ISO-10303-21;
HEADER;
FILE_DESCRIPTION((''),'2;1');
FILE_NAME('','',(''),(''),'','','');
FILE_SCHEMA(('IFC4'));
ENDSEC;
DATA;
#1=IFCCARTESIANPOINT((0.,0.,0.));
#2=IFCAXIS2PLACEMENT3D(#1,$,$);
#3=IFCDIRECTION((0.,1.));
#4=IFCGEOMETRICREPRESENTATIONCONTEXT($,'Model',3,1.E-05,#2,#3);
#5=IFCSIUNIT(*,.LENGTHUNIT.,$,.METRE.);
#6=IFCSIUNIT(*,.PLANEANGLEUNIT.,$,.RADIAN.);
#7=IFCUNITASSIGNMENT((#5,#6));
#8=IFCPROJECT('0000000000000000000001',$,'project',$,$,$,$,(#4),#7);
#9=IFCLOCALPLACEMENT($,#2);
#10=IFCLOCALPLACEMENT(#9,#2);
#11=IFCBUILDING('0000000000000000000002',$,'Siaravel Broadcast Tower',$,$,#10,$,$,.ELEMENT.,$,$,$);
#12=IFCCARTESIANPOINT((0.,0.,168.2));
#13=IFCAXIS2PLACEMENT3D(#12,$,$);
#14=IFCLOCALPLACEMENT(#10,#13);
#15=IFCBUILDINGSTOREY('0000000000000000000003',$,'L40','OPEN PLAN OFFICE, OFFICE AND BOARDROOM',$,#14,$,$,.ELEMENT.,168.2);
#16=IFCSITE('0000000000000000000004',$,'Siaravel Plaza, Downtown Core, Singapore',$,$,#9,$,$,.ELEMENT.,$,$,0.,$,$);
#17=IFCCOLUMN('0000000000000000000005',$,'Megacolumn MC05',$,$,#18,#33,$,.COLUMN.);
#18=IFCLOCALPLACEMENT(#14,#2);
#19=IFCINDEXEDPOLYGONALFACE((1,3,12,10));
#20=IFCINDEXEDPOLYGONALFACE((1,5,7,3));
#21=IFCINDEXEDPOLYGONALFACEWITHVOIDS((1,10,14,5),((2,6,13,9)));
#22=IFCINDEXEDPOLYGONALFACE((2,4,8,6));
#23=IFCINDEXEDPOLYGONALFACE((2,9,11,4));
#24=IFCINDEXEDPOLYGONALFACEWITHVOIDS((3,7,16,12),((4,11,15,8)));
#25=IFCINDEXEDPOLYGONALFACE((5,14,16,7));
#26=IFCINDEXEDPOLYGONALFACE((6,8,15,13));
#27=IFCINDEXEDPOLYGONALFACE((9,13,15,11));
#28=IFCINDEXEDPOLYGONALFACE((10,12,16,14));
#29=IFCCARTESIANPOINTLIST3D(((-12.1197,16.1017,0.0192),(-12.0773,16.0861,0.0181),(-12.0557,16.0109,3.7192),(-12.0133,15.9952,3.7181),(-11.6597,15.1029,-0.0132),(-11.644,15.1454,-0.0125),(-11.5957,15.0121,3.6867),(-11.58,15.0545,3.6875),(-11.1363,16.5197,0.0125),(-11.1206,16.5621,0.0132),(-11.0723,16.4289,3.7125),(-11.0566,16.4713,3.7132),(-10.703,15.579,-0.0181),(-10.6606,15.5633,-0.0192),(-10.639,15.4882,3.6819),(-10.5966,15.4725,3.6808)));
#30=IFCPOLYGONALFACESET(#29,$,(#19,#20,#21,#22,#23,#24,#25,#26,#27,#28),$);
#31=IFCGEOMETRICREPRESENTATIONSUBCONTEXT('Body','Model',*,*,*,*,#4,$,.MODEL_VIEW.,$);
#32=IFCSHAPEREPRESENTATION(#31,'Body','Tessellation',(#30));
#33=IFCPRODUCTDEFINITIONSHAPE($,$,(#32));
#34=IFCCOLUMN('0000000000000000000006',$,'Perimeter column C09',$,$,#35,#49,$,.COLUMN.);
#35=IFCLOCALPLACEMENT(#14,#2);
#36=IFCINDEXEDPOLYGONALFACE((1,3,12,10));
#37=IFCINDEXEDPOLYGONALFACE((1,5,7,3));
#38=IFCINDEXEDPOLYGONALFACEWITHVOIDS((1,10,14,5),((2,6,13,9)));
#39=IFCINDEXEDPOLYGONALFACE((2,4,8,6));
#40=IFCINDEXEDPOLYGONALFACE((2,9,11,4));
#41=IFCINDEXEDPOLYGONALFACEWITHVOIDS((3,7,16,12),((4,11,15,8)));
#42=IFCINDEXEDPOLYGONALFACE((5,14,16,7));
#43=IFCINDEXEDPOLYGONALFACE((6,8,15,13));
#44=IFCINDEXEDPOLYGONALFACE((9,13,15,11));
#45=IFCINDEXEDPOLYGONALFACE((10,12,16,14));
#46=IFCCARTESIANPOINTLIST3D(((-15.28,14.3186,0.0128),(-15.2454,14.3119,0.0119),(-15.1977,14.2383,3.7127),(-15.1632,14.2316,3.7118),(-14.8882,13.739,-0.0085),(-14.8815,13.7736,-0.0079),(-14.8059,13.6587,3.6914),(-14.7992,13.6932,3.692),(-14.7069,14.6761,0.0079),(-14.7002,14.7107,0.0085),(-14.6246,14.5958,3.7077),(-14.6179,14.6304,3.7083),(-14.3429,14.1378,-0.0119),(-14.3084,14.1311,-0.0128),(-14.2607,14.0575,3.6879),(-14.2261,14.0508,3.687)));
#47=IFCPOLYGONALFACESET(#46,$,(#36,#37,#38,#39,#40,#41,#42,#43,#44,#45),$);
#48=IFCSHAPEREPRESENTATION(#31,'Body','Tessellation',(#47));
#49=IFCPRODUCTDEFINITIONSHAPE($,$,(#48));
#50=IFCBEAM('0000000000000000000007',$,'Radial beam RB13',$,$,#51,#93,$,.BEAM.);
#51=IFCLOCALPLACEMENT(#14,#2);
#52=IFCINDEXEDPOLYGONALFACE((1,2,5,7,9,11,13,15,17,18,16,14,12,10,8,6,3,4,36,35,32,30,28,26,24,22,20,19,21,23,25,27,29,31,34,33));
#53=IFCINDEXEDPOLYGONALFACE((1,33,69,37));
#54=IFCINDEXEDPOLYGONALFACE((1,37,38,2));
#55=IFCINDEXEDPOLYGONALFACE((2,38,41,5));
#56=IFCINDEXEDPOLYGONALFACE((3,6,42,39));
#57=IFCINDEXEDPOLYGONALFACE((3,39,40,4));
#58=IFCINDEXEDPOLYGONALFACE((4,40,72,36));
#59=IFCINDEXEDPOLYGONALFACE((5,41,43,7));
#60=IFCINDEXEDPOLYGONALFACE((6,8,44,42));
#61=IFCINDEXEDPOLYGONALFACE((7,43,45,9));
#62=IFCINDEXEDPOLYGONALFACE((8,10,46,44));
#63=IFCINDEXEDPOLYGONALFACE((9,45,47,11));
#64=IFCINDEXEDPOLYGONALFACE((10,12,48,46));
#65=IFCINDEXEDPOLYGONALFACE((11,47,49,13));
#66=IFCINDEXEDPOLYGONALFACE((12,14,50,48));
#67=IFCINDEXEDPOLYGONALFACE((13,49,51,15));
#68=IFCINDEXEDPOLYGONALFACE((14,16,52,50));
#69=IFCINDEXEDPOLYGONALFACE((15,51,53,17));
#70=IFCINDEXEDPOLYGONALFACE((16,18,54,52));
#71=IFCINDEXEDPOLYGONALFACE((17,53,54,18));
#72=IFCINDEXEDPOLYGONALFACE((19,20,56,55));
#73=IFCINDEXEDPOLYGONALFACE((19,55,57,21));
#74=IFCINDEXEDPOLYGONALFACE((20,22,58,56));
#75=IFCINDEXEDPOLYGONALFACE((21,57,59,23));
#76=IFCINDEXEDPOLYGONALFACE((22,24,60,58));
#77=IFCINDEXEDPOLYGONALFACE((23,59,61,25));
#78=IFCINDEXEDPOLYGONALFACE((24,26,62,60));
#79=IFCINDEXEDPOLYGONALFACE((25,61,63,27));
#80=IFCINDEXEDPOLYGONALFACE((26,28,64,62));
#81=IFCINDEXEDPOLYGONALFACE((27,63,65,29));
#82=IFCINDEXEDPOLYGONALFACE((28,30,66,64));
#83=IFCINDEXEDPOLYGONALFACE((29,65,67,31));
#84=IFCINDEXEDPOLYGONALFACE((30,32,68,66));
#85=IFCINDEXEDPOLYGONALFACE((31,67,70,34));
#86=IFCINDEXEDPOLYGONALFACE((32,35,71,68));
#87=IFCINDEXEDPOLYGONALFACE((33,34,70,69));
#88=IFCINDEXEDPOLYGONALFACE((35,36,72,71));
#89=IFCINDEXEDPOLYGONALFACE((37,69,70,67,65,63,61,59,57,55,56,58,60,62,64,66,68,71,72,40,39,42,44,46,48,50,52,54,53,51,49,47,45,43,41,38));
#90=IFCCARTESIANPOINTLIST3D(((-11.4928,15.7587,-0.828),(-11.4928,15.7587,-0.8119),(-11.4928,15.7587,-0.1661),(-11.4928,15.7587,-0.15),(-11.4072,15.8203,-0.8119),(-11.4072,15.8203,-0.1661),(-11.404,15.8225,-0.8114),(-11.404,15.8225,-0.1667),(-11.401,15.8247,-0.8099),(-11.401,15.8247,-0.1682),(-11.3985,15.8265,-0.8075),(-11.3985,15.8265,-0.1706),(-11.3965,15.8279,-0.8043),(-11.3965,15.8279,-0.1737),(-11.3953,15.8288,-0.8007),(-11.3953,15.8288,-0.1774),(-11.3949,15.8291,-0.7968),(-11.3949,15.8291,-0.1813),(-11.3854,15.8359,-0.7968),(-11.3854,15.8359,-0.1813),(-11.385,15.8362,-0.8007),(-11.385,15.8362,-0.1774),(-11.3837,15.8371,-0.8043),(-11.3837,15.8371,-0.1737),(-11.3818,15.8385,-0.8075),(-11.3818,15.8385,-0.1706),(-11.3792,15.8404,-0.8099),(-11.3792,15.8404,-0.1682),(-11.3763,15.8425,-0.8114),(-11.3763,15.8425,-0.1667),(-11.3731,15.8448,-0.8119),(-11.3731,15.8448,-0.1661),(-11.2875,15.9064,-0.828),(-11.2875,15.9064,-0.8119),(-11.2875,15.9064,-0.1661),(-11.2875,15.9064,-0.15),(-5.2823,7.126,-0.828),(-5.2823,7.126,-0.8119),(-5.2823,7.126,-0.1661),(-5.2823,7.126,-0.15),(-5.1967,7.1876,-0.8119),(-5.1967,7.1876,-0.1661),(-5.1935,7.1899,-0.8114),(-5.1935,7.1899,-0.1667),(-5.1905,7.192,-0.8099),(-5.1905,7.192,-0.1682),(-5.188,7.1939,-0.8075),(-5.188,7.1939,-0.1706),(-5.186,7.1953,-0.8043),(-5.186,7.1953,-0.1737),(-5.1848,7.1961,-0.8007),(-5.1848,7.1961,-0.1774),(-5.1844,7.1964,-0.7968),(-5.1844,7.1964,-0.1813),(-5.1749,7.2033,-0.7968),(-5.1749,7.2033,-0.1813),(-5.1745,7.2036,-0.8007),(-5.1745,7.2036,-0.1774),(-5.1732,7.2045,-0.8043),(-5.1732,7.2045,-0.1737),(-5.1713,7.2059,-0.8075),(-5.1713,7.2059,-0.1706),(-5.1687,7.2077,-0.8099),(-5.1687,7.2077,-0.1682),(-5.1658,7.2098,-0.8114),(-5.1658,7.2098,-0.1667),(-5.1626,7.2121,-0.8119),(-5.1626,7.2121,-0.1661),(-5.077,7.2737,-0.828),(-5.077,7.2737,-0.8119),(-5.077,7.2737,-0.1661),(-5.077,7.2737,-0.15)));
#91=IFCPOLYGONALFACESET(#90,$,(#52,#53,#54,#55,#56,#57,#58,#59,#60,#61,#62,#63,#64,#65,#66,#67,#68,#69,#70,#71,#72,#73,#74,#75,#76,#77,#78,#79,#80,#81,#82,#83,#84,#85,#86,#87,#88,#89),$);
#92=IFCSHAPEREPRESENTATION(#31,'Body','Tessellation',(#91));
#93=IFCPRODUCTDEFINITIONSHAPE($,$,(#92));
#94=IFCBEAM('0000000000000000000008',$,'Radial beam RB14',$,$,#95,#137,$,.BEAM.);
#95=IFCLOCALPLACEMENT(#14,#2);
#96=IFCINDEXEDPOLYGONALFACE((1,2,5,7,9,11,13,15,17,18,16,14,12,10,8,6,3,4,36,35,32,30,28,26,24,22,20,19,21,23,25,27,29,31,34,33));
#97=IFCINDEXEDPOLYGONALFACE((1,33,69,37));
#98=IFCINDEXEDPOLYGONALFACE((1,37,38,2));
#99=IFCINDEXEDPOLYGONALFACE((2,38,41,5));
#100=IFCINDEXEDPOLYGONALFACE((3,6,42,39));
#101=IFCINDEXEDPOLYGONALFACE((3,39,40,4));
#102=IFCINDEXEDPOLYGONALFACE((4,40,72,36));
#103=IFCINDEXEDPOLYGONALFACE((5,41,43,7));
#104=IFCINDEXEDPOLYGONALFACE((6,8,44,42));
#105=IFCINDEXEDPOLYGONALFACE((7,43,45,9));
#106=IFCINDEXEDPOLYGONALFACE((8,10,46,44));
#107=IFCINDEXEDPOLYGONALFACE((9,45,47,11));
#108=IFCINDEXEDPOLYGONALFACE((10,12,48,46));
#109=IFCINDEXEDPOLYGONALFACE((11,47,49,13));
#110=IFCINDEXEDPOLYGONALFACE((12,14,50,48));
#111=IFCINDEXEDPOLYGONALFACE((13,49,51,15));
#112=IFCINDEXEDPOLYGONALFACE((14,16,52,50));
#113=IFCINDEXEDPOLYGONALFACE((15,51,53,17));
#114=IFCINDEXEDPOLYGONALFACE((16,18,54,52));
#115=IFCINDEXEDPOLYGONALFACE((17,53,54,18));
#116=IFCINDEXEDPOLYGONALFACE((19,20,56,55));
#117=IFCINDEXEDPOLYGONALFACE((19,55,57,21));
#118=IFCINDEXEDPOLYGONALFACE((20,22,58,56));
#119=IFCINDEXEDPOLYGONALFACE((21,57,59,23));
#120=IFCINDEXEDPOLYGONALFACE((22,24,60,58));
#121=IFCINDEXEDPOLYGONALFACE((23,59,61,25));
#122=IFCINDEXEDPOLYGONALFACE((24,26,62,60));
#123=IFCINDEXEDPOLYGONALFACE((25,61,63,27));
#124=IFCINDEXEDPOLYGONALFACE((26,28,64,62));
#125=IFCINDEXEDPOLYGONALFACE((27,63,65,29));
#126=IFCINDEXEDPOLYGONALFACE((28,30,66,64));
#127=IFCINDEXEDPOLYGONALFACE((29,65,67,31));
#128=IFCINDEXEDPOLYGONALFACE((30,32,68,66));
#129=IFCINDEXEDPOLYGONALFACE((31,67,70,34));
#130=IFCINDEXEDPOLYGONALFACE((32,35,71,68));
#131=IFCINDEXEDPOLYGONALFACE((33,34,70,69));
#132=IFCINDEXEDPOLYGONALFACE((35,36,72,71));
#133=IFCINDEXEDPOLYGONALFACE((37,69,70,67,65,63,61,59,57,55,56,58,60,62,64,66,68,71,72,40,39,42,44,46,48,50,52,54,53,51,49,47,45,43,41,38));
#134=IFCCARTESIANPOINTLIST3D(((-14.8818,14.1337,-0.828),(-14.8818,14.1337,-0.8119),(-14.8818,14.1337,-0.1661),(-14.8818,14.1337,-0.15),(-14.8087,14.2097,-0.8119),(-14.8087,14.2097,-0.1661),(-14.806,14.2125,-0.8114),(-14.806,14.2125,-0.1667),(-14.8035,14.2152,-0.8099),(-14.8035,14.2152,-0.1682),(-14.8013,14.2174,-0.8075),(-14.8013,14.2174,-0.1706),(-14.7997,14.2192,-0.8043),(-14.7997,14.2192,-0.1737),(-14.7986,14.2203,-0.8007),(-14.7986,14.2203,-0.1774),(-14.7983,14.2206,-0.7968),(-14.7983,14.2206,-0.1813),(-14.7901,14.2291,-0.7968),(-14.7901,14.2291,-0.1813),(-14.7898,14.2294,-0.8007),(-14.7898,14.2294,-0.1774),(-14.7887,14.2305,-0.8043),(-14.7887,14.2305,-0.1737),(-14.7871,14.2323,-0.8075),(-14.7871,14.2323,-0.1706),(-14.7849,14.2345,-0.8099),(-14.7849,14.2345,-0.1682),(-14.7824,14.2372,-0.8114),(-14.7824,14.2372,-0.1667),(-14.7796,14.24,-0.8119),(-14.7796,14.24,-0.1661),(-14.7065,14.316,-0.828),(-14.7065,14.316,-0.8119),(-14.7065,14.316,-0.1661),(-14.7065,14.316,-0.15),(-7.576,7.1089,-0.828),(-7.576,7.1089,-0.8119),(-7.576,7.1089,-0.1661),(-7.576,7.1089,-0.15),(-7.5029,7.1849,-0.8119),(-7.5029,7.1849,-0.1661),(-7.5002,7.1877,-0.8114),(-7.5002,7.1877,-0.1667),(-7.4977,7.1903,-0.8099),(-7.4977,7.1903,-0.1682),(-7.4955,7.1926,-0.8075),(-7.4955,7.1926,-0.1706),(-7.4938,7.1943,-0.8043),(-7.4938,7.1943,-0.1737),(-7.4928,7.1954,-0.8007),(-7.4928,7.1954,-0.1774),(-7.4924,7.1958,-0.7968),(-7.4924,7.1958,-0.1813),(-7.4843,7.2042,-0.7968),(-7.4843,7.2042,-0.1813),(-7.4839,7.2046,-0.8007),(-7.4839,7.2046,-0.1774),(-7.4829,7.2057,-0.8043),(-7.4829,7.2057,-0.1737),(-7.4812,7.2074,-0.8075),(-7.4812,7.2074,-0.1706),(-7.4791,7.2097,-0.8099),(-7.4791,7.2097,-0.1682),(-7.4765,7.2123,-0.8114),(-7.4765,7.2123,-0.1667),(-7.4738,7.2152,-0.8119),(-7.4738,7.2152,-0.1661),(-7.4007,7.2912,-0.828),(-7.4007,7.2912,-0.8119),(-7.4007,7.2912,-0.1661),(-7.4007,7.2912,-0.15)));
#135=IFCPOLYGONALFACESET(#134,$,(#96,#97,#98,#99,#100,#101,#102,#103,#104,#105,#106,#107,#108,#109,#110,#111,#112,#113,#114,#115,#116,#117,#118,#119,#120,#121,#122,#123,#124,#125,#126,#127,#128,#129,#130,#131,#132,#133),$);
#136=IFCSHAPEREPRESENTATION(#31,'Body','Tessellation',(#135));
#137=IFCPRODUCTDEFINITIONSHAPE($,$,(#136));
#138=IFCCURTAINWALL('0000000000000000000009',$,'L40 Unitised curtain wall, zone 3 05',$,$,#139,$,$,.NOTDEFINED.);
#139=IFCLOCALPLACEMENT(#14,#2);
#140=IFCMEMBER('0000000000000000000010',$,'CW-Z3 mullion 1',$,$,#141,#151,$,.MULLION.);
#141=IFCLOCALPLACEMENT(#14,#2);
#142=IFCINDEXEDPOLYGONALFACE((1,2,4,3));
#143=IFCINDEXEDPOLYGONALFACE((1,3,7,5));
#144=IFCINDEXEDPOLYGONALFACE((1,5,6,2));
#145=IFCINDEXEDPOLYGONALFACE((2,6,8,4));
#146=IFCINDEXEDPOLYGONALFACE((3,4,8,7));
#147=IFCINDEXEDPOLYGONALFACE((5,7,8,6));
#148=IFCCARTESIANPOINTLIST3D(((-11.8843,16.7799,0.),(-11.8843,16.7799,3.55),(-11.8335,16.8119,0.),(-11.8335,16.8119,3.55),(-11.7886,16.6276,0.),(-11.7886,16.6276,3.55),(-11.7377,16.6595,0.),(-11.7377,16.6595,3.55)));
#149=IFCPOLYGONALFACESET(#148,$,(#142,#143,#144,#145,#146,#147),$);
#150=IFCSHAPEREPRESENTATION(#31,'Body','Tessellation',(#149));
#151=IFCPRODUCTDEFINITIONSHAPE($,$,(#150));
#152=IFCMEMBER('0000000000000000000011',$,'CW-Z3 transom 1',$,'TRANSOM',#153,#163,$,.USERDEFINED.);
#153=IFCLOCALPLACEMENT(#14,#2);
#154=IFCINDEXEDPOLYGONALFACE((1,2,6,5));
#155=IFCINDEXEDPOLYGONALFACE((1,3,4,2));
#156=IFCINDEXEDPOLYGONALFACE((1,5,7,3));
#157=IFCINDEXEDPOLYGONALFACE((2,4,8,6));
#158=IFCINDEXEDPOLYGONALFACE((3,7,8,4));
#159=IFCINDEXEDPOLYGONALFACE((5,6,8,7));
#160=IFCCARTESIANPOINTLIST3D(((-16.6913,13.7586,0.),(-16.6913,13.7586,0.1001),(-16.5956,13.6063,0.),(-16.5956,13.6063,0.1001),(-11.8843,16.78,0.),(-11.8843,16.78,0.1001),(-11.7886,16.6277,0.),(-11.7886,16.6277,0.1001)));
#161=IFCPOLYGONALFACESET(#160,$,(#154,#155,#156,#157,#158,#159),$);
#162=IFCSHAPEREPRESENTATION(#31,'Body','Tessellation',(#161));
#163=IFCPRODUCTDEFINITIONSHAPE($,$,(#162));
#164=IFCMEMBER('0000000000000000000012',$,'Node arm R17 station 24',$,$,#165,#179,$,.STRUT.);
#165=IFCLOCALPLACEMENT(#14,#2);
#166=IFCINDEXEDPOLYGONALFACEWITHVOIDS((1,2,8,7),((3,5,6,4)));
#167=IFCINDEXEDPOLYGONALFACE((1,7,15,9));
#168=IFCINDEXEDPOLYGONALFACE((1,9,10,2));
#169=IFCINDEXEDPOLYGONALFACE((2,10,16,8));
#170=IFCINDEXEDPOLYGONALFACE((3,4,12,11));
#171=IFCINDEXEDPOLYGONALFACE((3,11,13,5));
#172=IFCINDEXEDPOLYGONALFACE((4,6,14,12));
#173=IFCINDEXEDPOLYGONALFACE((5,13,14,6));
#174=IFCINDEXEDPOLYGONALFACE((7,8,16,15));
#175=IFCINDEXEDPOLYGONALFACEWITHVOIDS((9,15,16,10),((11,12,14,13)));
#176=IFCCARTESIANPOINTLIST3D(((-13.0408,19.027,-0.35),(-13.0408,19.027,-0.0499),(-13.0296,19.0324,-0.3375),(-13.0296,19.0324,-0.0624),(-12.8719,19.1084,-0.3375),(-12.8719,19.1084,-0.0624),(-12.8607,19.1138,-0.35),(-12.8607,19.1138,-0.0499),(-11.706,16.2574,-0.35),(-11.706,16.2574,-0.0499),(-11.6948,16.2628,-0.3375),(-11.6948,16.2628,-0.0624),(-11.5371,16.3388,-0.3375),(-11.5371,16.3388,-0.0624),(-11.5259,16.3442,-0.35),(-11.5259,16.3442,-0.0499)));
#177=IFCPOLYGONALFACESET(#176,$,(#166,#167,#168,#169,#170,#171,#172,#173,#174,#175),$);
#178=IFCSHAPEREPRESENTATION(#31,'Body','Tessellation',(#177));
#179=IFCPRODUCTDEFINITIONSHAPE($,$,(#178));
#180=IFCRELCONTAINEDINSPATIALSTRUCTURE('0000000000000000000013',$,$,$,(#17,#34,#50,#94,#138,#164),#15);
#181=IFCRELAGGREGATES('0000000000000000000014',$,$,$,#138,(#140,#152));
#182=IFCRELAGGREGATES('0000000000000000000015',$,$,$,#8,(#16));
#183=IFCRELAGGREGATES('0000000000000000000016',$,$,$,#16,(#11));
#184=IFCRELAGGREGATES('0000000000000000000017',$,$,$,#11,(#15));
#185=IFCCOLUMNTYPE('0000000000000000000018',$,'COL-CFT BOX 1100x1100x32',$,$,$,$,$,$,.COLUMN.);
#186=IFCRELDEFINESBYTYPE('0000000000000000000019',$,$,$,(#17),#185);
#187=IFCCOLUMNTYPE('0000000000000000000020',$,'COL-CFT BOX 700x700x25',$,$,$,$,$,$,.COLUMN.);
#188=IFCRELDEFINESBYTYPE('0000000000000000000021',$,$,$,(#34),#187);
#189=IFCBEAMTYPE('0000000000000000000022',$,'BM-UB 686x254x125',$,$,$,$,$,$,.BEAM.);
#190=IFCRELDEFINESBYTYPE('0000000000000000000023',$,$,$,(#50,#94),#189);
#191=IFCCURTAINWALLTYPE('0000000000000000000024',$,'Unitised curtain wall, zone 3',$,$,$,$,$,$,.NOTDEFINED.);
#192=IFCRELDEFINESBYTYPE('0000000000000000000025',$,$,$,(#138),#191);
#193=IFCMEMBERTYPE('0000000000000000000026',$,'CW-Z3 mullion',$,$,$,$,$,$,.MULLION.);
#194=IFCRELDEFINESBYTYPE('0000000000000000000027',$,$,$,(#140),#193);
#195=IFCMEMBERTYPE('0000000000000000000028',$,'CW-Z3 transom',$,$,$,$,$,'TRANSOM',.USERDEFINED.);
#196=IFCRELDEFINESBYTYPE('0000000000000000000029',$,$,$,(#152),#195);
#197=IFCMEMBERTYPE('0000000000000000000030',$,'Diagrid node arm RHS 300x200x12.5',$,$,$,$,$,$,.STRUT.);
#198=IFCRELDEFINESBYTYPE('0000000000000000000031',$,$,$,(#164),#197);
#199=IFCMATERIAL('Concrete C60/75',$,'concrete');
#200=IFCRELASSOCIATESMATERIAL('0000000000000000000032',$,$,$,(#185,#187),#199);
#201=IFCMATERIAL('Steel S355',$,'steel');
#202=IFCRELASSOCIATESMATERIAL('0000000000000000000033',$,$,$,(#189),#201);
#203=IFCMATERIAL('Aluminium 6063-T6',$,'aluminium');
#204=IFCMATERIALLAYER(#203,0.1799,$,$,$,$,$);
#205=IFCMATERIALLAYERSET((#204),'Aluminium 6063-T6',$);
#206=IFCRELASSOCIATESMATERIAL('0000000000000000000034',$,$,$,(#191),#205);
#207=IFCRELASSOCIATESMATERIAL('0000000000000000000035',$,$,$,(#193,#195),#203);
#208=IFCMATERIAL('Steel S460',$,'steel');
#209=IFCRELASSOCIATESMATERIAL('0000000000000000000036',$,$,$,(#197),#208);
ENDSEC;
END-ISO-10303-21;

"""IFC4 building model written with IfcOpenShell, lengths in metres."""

from ifc_helpers import new_model, si_unit, direction, frame, origin, origin_2d, place, context, subcontext, project, spatial, rectangle, hollow_rectangle, i_section, extrude, material, layer, layer_set, material_profile, profile_set, type_object, element, aggregate, save


model = new_model("IFC4")

# Units and contexts
model_context = context("Model", 3, precision=1e-05, world=origin(), true_north=direction((0.0, 1.0)))
body_context = subcontext(model_context, "Body", "Model", "MODEL_VIEW")
ifc_project = project(units=[si_unit("LENGTHUNIT", "METRE"), si_unit("PLANEANGLEUNIT", "RADIAN")], contexts=[model_context])

# Site, building, storey
site_placement = place(None, origin())
site = spatial("IfcSite", under=ifc_project, at=site_placement, Name="Siaravel Plaza, Downtown Core, Singapore", CompositionType="ELEMENT", RefElevation=0.0)
building_placement = place(site_placement, origin())
building = spatial("IfcBuilding", under=site, at=building_placement, Name="Siaravel Broadcast Tower", CompositionType="ELEMENT")
storey_placement = place(building_placement, frame((0.0, 0.0, 168.2)))
storey = spatial("IfcBuildingStorey", under=building, at=storey_placement, Name="L40", Description="OPEN PLAN OFFICE, OFFICE AND BOARDROOM", CompositionType="ELEMENT", Elevation=168.2)

# Columns
ifc_material_1 = material(Name="Concrete C60/75", Category="concrete")
ifc_material_profile_1 = material_profile(ifc_material_1, hollow_rectangle(XDim=1.1001, YDim=1.1001, WallThickness=0.032, at=origin_2d()))
ifc_profile_set_1 = profile_set([ifc_material_profile_1], Name="Concrete C60/75")
column_type_1 = type_object("IfcColumnType", Name="COL-CFT BOX 1100x1100x32", PredefinedType="COLUMN", material=ifc_profile_set_1)
column_1_placement = place(storey_placement, frame((-11.3901, 15.8325, 0.0), z_axis=(0.01728, -0.024535, 0.99955), x_axis=(0.908205, 0.41849, -0.005429)))
element("IfcColumn", 1, at=column_1_placement, inside=storey, type_object=column_type_1, Name="Megacolumn MC05", PredefinedType="COLUMN", context=body_context, shape_type="SweptSolid", body=[
    extrude(hollow_rectangle(XDim=1.1001, YDim=1.1001, WallThickness=0.032, at=origin_2d()), origin(), (0.0, 0.0, 1.0), 3.7017),
])
ifc_material_profile_2 = material_profile(ifc_material_1, hollow_rectangle(XDim=0.7, YDim=0.7, WallThickness=0.0249, at=origin_2d()))
ifc_profile_set_2 = profile_set([ifc_material_profile_2], Name="Concrete C60/75")
column_type_2 = type_object("IfcColumnType", Name="COL-CFT BOX 700x700x25", PredefinedType="COLUMN", material=ifc_profile_set_2)
column_2_placement = place(storey_placement, frame((-14.7942, 14.2249, 0.0), z_axis=(0.022226, -0.021699, 0.999517), x_axis=(0.828331, 0.560204, -0.006258)))
element("IfcColumn", 2, at=column_2_placement, inside=storey, type_object=column_type_2, Name="Perimeter column C09", PredefinedType="COLUMN", context=body_context, shape_type="SweptSolid", body=[
    extrude(hollow_rectangle(XDim=0.7, YDim=0.7, WallThickness=0.0249, at=origin_2d()), origin(), (0.0, 0.0, 1.0), 3.7017),
])

# Beams
ifc_material_2 = material(Name="Steel S355", Category="steel")
ifc_material_profile_3 = material_profile(ifc_material_2, i_section(OverallWidth=0.2529, OverallDepth=0.678, WebThickness=0.0117, FlangeThickness=0.0161, FilletRadius=0.0151, at=origin_2d()))
ifc_profile_set_3 = profile_set([ifc_material_profile_3], Name="Steel S355")
beam_type = type_object("IfcBeamType", Name="BM-UB 686x254x125", PredefinedType="BEAM", material=ifc_profile_set_3)
beam_1_placement = place(storey_placement, frame((-11.3901, 15.8325, -0.489), z_axis=(0.583995, -0.811757, 0.0), x_axis=(0.811757, 0.583995, 0.0)))
element("IfcBeam", 3, at=beam_1_placement, inside=storey, type_object=beam_type, Name="Radial beam RB13", PredefinedType="BEAM", context=body_context, shape_type="SweptSolid", body=[
    extrude(i_section(OverallWidth=0.2529, OverallDepth=0.678, WebThickness=0.0117, FlangeThickness=0.0161, FilletRadius=0.0151, at=origin_2d()), origin(), (0.0, 0.0, 1.0), 10.6345),
])
beam_2_placement = place(storey_placement, frame((-14.7942, 14.2249, -0.489), z_axis=(0.720834, -0.693108, 0.0), x_axis=(0.693108, 0.720834, 0.0)))
element("IfcBeam", 4, at=beam_2_placement, inside=storey, type_object=beam_type, Name="Radial beam RB14", PredefinedType="BEAM", context=body_context, shape_type="SweptSolid", body=[
    extrude(i_section(OverallWidth=0.2529, OverallDepth=0.678, WebThickness=0.0117, FlangeThickness=0.0161, FilletRadius=0.0151, at=origin_2d()), origin(), (0.0, 0.0, 1.0), 10.1353),
])

# Curtain wall, members
ifc_material_3 = material(Name="Aluminium 6063-T6", Category="aluminium")
ifc_layer_1 = layer(ifc_material_3, 0.1799)
ifc_layer_set_1 = layer_set([ifc_layer_1], Name="Aluminium 6063-T6")
curtain_wall_type = type_object("IfcCurtainWallType", Name="Unitised curtain wall, zone 3", PredefinedType="NOTDEFINED", material=ifc_layer_set_1)
curtain_wall_placement = place(storey_placement, origin())
curtain_wall = element("IfcCurtainWall", 5, at=curtain_wall_placement, inside=storey, type_object=curtain_wall_type, Name="L40 Unitised curtain wall, zone 3 05", PredefinedType="NOTDEFINED")
ifc_material_profile_4 = material_profile(ifc_material_3, rectangle(XDim=0.1799, YDim=0.0601, at=origin_2d()))
ifc_profile_set_4 = profile_set([ifc_material_profile_4], Name="Aluminium 6063-T6")
member_type_1 = type_object("IfcMemberType", Name="CW-Z3 mullion", PredefinedType="MULLION", material=ifc_profile_set_4)
member_1_placement = place(storey_placement, frame((-11.811, 16.7197, 0.0), z_axis=(0.0, 0.0, 1.0), x_axis=(0.532149, -0.846651, 0.0)))
member_1 = element("IfcMember", 6, at=member_1_placement, type_object=member_type_1, Name="CW-Z3 mullion 1", PredefinedType="MULLION", context=body_context, shape_type="SweptSolid", body=[
    extrude(rectangle(XDim=0.1799, YDim=0.0601, at=origin_2d()), origin(), (0.0, 0.0, 1.0), 3.55),
])
ifc_material_profile_5 = material_profile(ifc_material_3, rectangle(XDim=0.1799, YDim=0.1001, at=origin_2d()))
ifc_profile_set_5 = profile_set([ifc_material_profile_5], Name="Aluminium 6063-T6")
member_type_2 = type_object("IfcMemberType", Name="CW-Z3 transom", ElementType="TRANSOM", PredefinedType="USERDEFINED", material=ifc_profile_set_5)
member_2_placement = place(storey_placement, frame((-11.8364, 16.7039, 0.05), z_axis=(-0.846648, -0.532154, 0.0), x_axis=(0.532154, -0.846648, 0.0)))
member_2 = element("IfcMember", 7, at=member_2_placement, type_object=member_type_2, Name="CW-Z3 transom 1", ObjectType="TRANSOM", PredefinedType="USERDEFINED", context=body_context, shape_type="SweptSolid", body=[
    extrude(rectangle(XDim=0.1799, YDim=0.1001, at=origin_2d()), origin(), (0.0, 0.0, 1.0), 5.6777),
])

# Member
ifc_material_4 = material(Name="Steel S460", Category="steel")
ifc_material_profile_6 = material_profile(ifc_material_4, hollow_rectangle(XDim=0.2, YDim=0.3, WallThickness=0.0125, at=origin_2d()))
ifc_profile_set_6 = profile_set([ifc_material_profile_6], Name="Steel S460")
member_type_3 = type_object("IfcMemberType", Name="Diagrid node arm RHS 300x200x12.5", PredefinedType="STRUT", material=ifc_profile_set_6)
member_3_placement = place(storey_placement, frame((-11.616, 16.3008, -0.2), z_axis=(-0.434143, 0.900844, 0.0), x_axis=(-0.900844, -0.434143, 0.0)))
element("IfcMember", 8, at=member_3_placement, inside=storey, type_object=member_type_3, Name="Node arm R17 station 24", PredefinedType="STRUT", context=body_context, shape_type="SweptSolid", body=[
    extrude(hollow_rectangle(XDim=0.2, YDim=0.3, WallThickness=0.0125, at=origin_2d()), origin(), (0.0, 0.0, 1.0), 3.0745),
])

aggregate(curtain_wall, [member_1, member_2])

save(model, "model.ifc")
